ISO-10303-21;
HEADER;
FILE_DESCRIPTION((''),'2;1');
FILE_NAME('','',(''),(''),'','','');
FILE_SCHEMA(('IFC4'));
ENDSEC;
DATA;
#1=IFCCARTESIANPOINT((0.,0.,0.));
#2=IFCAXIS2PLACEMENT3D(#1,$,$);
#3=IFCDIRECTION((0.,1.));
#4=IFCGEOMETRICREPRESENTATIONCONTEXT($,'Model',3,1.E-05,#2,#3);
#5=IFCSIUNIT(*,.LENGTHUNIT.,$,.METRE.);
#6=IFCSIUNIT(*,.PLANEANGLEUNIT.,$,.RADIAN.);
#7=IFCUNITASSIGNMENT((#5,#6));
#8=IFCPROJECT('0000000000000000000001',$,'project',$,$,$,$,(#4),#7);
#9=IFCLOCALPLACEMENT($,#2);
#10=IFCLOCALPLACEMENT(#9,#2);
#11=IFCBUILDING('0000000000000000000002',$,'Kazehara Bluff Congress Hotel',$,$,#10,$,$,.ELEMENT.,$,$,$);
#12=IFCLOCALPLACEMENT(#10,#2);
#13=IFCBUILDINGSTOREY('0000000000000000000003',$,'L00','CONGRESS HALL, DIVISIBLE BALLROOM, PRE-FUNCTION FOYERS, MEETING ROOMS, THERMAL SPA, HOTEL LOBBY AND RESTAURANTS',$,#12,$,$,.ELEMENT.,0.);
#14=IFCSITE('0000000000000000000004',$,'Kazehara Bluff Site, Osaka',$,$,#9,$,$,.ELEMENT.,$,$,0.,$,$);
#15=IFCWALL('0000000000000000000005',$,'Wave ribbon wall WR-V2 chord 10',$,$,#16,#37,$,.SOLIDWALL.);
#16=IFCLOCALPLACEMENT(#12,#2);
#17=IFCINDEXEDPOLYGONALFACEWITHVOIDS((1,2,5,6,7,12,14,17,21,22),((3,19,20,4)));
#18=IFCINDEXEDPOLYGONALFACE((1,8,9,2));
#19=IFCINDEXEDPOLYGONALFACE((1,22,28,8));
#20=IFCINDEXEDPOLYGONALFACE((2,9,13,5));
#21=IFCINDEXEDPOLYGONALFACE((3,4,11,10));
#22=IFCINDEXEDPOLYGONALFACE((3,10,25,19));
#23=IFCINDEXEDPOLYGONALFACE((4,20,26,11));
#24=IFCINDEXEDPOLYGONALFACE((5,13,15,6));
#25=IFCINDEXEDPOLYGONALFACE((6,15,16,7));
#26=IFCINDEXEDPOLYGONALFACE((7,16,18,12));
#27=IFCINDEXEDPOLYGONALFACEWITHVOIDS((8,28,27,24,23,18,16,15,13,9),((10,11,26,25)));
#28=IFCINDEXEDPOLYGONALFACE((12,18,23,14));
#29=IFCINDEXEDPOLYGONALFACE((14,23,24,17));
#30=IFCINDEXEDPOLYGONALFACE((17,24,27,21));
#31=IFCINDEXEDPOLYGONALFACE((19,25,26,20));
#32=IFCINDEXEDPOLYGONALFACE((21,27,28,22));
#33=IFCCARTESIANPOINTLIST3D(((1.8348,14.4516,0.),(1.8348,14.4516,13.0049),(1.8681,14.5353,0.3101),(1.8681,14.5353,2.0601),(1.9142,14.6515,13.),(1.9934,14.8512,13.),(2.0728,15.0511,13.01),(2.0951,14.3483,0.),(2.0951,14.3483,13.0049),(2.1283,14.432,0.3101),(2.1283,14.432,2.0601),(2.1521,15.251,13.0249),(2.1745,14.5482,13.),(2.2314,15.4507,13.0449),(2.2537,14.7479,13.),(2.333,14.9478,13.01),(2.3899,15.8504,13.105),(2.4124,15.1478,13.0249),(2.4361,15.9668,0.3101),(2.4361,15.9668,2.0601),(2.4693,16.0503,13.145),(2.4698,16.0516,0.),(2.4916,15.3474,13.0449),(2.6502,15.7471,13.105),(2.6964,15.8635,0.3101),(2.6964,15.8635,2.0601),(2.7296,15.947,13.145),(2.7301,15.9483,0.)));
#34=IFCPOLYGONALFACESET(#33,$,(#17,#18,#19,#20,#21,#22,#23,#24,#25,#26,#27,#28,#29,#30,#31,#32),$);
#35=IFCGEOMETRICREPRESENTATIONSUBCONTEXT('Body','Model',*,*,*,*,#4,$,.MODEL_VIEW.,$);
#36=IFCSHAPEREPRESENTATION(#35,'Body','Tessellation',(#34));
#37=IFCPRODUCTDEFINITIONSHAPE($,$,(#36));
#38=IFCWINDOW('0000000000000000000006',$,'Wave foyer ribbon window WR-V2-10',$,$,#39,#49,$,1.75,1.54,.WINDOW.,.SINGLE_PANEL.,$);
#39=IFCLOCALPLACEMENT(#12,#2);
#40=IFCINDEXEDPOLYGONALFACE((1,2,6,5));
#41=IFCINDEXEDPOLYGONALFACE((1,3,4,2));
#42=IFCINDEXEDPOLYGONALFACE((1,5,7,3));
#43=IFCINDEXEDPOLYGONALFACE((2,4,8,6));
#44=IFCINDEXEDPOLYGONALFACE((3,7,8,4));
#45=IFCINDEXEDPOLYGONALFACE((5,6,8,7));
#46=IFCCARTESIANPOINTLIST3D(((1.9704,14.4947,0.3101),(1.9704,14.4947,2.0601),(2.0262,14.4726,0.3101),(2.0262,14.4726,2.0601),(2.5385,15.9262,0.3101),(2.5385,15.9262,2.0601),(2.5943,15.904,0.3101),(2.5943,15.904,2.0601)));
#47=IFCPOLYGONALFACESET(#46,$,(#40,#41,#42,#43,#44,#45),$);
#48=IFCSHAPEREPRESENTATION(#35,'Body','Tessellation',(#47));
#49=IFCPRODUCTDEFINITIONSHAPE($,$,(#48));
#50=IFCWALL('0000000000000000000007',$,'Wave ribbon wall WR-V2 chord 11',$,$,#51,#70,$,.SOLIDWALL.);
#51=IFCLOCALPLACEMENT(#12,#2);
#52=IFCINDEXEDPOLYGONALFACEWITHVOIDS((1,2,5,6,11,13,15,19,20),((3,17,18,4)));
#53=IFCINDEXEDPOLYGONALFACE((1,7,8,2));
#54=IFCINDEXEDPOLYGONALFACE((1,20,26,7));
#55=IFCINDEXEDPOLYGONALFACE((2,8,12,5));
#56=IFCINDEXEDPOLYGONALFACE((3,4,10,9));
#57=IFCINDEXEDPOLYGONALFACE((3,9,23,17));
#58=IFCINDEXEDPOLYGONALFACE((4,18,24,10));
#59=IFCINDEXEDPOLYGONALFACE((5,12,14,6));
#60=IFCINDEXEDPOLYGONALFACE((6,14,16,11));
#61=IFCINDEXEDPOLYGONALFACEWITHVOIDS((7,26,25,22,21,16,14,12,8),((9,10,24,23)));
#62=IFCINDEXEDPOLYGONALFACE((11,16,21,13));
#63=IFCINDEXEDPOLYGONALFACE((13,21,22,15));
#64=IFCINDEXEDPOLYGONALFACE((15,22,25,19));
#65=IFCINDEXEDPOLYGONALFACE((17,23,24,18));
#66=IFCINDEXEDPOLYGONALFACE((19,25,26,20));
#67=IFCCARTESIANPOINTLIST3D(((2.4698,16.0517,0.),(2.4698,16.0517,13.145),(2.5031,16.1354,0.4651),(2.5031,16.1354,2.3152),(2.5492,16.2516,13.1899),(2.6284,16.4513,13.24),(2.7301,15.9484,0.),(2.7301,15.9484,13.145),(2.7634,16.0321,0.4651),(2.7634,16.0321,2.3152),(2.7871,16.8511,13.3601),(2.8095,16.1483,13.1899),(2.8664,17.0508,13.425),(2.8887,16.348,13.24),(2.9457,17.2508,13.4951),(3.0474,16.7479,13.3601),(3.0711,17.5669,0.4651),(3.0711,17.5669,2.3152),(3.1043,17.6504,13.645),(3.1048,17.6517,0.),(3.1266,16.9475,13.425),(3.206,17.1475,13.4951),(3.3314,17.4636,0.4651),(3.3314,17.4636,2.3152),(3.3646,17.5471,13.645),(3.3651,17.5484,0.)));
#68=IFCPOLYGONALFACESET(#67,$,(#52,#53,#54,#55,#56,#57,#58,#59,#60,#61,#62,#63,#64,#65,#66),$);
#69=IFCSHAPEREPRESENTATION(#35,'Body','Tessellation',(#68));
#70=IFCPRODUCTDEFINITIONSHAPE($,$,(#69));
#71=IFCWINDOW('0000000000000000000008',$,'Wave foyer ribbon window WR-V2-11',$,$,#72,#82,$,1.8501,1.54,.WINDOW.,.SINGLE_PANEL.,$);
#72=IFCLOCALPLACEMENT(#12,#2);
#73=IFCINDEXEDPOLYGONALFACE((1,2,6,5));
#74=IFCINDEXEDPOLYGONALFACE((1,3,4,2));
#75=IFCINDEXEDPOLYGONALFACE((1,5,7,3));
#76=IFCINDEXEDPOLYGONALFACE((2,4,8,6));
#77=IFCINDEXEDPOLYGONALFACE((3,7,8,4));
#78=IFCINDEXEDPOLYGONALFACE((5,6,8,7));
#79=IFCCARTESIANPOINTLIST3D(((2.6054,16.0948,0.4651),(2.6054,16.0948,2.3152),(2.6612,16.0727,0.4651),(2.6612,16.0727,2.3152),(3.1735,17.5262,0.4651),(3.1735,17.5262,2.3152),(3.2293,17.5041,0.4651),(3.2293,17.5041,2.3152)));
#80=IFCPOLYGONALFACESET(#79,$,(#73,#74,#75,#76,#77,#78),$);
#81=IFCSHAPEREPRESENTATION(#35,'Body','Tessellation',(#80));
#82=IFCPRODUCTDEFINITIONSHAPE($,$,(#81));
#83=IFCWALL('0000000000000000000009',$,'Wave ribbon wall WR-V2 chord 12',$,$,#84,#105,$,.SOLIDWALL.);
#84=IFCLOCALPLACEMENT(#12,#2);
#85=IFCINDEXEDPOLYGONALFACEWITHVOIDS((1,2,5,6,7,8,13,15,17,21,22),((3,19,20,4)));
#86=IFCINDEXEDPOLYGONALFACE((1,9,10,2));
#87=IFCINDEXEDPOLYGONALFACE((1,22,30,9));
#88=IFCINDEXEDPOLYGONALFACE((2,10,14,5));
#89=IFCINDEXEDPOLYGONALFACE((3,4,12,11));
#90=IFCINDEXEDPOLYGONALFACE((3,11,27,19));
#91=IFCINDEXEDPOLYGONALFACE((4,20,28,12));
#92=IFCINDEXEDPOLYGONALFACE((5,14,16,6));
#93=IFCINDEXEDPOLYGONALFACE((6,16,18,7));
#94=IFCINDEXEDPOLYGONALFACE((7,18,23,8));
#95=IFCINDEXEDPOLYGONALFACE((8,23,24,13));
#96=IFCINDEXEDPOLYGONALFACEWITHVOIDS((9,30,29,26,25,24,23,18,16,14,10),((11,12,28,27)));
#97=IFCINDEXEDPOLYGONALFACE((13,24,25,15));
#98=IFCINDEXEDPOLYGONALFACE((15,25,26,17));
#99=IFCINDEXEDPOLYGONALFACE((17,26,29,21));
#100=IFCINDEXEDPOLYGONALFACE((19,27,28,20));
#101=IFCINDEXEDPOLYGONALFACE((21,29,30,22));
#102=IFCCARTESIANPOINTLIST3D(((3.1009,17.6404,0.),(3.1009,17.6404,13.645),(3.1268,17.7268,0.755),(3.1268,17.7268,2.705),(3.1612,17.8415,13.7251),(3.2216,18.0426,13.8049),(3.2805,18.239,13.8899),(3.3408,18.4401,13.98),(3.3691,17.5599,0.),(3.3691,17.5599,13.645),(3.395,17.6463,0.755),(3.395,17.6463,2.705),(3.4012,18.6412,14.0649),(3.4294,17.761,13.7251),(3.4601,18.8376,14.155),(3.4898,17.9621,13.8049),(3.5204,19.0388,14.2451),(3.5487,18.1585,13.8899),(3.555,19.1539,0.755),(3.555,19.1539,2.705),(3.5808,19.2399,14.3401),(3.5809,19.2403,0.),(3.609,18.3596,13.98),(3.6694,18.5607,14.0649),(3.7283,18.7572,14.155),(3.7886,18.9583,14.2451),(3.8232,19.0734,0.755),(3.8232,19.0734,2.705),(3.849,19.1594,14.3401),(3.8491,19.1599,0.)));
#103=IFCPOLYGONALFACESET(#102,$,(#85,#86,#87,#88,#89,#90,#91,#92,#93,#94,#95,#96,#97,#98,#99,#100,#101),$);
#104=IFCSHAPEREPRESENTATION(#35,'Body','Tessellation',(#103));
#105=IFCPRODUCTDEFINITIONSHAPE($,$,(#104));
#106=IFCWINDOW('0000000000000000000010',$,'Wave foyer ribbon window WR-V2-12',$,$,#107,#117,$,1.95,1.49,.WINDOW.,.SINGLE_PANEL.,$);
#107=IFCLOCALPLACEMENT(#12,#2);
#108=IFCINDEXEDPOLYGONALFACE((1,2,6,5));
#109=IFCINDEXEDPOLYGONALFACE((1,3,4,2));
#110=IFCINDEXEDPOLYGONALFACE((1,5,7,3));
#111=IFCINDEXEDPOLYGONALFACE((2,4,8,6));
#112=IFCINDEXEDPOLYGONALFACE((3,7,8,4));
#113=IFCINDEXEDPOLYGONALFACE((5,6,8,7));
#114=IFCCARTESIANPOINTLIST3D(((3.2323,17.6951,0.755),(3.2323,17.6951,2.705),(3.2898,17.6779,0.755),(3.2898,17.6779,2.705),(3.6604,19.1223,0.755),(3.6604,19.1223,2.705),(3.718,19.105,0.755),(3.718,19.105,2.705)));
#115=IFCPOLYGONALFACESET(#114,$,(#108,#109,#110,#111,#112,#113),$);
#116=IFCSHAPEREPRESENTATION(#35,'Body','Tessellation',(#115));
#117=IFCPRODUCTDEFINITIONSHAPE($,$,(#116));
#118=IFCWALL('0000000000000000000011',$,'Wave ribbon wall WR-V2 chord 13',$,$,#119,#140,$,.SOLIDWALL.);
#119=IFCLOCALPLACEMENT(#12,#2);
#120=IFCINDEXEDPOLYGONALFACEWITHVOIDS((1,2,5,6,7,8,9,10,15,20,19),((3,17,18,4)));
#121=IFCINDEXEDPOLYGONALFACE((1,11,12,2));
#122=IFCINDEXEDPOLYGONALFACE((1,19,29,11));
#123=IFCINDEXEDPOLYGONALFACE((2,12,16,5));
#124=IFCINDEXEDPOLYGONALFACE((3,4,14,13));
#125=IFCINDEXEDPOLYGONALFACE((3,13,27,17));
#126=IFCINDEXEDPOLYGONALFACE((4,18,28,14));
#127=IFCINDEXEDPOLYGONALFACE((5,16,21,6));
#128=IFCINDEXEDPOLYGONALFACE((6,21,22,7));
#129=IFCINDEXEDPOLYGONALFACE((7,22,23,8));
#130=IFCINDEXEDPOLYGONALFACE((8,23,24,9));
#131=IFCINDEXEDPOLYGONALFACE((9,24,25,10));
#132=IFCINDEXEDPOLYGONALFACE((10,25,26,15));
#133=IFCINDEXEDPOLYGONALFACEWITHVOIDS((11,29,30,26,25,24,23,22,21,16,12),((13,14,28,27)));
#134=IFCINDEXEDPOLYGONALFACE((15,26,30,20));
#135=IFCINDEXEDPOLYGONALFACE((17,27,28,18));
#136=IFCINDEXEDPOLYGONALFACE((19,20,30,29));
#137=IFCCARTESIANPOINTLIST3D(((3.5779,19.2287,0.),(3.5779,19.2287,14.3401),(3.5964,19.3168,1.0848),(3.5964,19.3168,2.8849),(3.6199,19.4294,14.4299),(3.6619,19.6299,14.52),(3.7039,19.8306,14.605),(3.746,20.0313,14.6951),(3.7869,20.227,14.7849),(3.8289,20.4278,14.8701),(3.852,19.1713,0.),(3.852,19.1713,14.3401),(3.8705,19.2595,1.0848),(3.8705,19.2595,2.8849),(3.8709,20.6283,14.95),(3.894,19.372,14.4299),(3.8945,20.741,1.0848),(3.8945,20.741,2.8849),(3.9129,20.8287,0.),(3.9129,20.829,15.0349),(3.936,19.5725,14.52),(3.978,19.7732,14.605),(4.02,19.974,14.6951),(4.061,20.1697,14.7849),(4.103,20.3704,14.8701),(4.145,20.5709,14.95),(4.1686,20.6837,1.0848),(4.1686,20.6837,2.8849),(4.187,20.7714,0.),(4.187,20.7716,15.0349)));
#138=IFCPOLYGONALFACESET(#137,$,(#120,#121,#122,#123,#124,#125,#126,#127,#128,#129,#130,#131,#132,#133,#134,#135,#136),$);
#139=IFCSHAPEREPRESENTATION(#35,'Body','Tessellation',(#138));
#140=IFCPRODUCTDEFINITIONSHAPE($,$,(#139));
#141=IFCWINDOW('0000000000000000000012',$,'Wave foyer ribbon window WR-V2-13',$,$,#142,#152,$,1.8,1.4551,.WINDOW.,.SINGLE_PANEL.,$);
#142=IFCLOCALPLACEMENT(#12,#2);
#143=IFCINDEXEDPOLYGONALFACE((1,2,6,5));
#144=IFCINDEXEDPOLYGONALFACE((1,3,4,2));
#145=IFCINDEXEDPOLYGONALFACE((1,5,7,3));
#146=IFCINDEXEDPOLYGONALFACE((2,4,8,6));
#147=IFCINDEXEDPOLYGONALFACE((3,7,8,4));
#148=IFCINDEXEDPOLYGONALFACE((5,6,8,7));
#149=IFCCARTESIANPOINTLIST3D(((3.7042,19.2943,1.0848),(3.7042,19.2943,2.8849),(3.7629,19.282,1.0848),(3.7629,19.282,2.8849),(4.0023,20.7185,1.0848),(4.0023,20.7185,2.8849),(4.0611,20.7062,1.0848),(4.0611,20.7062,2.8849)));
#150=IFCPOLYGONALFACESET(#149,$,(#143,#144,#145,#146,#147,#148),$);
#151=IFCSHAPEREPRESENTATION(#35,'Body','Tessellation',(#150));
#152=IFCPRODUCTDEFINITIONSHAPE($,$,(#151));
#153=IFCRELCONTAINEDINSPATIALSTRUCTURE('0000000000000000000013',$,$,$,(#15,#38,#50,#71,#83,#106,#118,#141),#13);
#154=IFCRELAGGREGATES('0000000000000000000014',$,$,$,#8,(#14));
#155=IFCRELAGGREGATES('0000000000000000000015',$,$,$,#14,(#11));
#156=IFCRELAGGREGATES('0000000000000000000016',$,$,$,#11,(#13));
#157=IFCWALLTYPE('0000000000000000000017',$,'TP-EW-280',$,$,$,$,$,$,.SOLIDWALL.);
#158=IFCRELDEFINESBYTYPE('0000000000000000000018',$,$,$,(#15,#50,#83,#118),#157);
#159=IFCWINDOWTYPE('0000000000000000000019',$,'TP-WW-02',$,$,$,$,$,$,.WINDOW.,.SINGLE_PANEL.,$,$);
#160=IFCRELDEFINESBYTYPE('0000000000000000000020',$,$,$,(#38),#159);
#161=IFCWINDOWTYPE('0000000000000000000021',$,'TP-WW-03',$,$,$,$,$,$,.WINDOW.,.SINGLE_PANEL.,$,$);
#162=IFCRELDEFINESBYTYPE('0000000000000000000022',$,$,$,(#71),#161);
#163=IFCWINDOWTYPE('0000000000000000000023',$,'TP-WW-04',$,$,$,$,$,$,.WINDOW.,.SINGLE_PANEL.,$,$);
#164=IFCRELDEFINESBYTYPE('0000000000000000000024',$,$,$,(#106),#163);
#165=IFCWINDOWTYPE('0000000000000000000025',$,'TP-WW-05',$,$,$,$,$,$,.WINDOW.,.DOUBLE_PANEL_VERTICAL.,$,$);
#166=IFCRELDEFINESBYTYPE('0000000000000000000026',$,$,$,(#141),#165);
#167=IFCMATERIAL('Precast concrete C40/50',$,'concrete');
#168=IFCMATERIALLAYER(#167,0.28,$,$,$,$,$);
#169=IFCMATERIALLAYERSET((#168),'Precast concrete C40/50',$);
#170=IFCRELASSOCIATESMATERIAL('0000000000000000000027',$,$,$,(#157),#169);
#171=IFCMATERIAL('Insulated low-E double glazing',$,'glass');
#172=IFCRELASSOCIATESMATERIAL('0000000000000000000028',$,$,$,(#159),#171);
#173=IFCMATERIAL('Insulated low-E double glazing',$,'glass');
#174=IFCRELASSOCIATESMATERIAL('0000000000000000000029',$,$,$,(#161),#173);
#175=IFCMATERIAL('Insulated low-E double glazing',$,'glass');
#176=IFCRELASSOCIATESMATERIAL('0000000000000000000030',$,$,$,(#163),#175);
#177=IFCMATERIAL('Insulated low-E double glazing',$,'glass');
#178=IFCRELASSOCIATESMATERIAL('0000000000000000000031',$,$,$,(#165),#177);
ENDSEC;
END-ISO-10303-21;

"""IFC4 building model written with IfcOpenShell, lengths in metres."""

from ifc_helpers import new_model, si_unit, direction, frame, frame_2d, origin, place, context, subcontext, project, spatial, polyline, rectangle, outline, extrude, material, layer, layer_set, type_object, element, fill, save


model = new_model("IFC4")

# Units and contexts
model_context = context("Model", 3, precision=1e-05, world=origin(), true_north=direction((0.0, 1.0)))
body_context = subcontext(model_context, "Body", "Model", "MODEL_VIEW")
ifc_project = project(units=[si_unit("LENGTHUNIT", "METRE"), si_unit("PLANEANGLEUNIT", "RADIAN")], contexts=[model_context])

# Site, building, storey
site_placement = place(None, origin())
site = spatial("IfcSite", under=ifc_project, at=site_placement, Name="Kazehara Bluff Site, Osaka", CompositionType="ELEMENT", RefElevation=0.0)
building_placement = place(site_placement, origin())
building = spatial("IfcBuilding", under=site, at=building_placement, Name="Kazehara Bluff Congress Hotel", CompositionType="ELEMENT")
storey_placement = place(building_placement, origin())
storey = spatial("IfcBuildingStorey", under=building, at=storey_placement, Name="L00", Description="CONGRESS HALL, DIVISIBLE BALLROOM, PRE-FUNCTION FOYERS, MEETING ROOMS, THERMAL SPA, HOTEL LOBBY AND RESTAURANTS", CompositionType="ELEMENT", Elevation=0.0)

# Walls, openings, windows
ifc_material_1 = material(Name="Precast concrete C40/50", Category="concrete")
ifc_layer_1 = layer(ifc_material_1, 0.28)
ifc_layer_set_1 = layer_set([ifc_layer_1], Name="Precast concrete C40/50")
wall_type = type_object("IfcWallType", Name="TP-EW-280", PredefinedType="SOLIDWALL", material=ifc_layer_set_1)
wall_1_placement = place(storey_placement, frame((1.9651, 14.3999, 0.0), z_axis=(0.0, 0.0, 1.0), x_axis=(0.368871, 0.929481, 0.0)))
wall_1 = element("IfcWall", 1, at=wall_1_placement, inside=storey, type_object=wall_type, Name="Wave ribbon wall WR-V2 chord 10", PredefinedType="SOLIDWALL", context=body_context, shape_type="SweptSolid", body=[
    extrude(outline(polyline([(0.0, 0.0), (1.7214, 0.0), (1.72, 13.145), (1.5049, 13.105), (1.29, 13.075), (1.075, 13.0449), (0.8601, 13.0249), (0.645, 13.01), (0.4299, 13.0), (0.2151, 13.0), (0.0, 13.0049), (0.0, 0.0)])), frame((0.0, 0.1401, 0.0), z_axis=(0.0, -1.0, 0.0), x_axis=(1.0, 0.0, 0.0)), (0.0, 0.0, 1.0), 0.28),
])
opening_1_placement = place(wall_1_placement, frame((0.0901, 0.0, 0.3101)))
opening_1 = element("IfcOpeningElement", 2, at=opening_1_placement, cuts=wall_1, PredefinedType="OPENING", context=body_context, shape_type="SweptSolid", body=[
    extrude(rectangle(XDim=1.54, YDim=1.75, at=frame_2d((0.77, 0.875))), frame((0.0, 0.1499, 0.0), z_axis=(0.0, -1.0, 0.0), x_axis=(1.0, 0.0, 0.0)), (0.0, 0.0, 1.0), 0.3),
])
ifc_material_2 = material(Name="Insulated low-E double glazing", Category="glass")
window_type_1 = type_object("IfcWindowType", Name="TP-WW-02", PartitioningType="SINGLE_PANEL", PredefinedType="WINDOW", material=ifc_material_2)
window_1_placement = place(opening_1_placement, origin())
window_1 = element("IfcWindow", 3, at=window_1_placement, inside=storey, type_object=window_type_1, Name="Wave foyer ribbon window WR-V2-10", OverallHeight=1.75, OverallWidth=1.54, PartitioningType="SINGLE_PANEL", PredefinedType="WINDOW", context=body_context, shape_type="SweptSolid", body=[
    extrude(rectangle(XDim=1.54, YDim=1.75, at=frame_2d((0.77, 0.875))), frame((0.0, 0.03, 0.0), z_axis=(0.0, -1.0, 0.0), x_axis=(1.0, 0.0, 0.0)), (0.0, 0.0, 1.0), 0.0601),
])
fill(opening_1, window_1)
wall_2_placement = place(storey_placement, frame((2.6001, 16.0, 0.0), z_axis=(0.0, 0.0, 1.0), x_axis=(0.368871, 0.929481, 0.0)))
wall_2 = element("IfcWall", 4, at=wall_2_placement, inside=storey, type_object=wall_type, Name="Wave ribbon wall WR-V2 chord 11", PredefinedType="SOLIDWALL", context=body_context, shape_type="SweptSolid", body=[
    extrude(outline(polyline([(0.0, 0.0), (1.7214, 0.0), (1.72, 13.645), (1.5049, 13.5701), (1.29, 13.4951), (1.075, 13.425), (0.8601, 13.3601), (0.645, 13.3), (0.4299, 13.24), (0.2151, 13.1899), (0.0, 13.145), (0.0, 0.0)])), frame((0.0, 0.1401, 0.0), z_axis=(0.0, -1.0, 0.0), x_axis=(1.0, 0.0, 0.0)), (0.0, 0.0, 1.0), 0.28),
])
opening_2_placement = place(wall_2_placement, frame((0.0901, 0.0, 0.4651)))
opening_2 = element("IfcOpeningElement", 5, at=opening_2_placement, cuts=wall_2, PredefinedType="OPENING", context=body_context, shape_type="SweptSolid", body=[
    extrude(rectangle(XDim=1.54, YDim=1.8501, at=frame_2d((0.77, 0.925))), frame((0.0, 0.1499, 0.0), z_axis=(0.0, -1.0, 0.0), x_axis=(1.0, 0.0, 0.0)), (0.0, 0.0, 1.0), 0.3),
])
ifc_material_3 = material(Name="Insulated low-E double glazing", Category="glass")
window_type_2 = type_object("IfcWindowType", Name="TP-WW-03", PartitioningType="SINGLE_PANEL", PredefinedType="WINDOW", material=ifc_material_3)
window_2_placement = place(opening_2_placement, origin())
window_2 = element("IfcWindow", 6, at=window_2_placement, inside=storey, type_object=window_type_2, Name="Wave foyer ribbon window WR-V2-11", OverallHeight=1.8501, OverallWidth=1.54, PartitioningType="SINGLE_PANEL", PredefinedType="WINDOW", context=body_context, shape_type="SweptSolid", body=[
    extrude(rectangle(XDim=1.54, YDim=1.8501, at=frame_2d((0.77, 0.925))), frame((0.0, 0.03, 0.0), z_axis=(0.0, -1.0, 0.0), x_axis=(1.0, 0.0, 0.0)), (0.0, 0.0, 1.0), 0.0601),
])
fill(opening_2, window_2)
wall_3_placement = place(storey_placement, frame((3.2351, 17.6001, 0.0), z_axis=(0.0, 0.0, 1.0), x_axis=(0.287361, 0.957822, 0.0)))
wall_3 = element("IfcWall", 7, at=wall_3_placement, inside=storey, type_object=wall_type, Name="Wave ribbon wall WR-V2 chord 12", PredefinedType="SOLIDWALL", context=body_context, shape_type="SweptSolid", body=[
    extrude(outline(polyline([(0.0, 0.0), (1.6704, 0.0), (1.6699, 14.3401), (1.46, 14.2451), (1.25, 14.155), (1.0449, 14.0649), (0.835, 13.98), (0.625, 13.8899), (0.4199, 13.8049), (0.21, 13.7251), (0.0, 13.645), (0.0, 0.0)])), frame((0.0, 0.1401, 0.0), z_axis=(0.0, -1.0, 0.0), x_axis=(1.0, 0.0, 0.0)), (0.0, 0.0, 1.0), 0.28),
])
opening_3_placement = place(wall_3_placement, frame((0.0901, 0.0, 0.7549)))
opening_3 = element("IfcOpeningElement", 8, at=opening_3_placement, cuts=wall_3, PredefinedType="OPENING", context=body_context, shape_type="SweptSolid", body=[
    extrude(rectangle(XDim=1.49, YDim=1.95, at=frame_2d((0.7451, 0.9751))), frame((0.0, 0.1499, 0.0), z_axis=(0.0, -1.0, 0.0), x_axis=(1.0, 0.0, 0.0)), (0.0, 0.0, 1.0), 0.3),
])
ifc_material_4 = material(Name="Insulated low-E double glazing", Category="glass")
window_type_3 = type_object("IfcWindowType", Name="TP-WW-04", PartitioningType="SINGLE_PANEL", PredefinedType="WINDOW", material=ifc_material_4)
window_3_placement = place(opening_3_placement, origin())
window_3 = element("IfcWindow", 9, at=window_3_placement, inside=storey, type_object=window_type_3, Name="Wave foyer ribbon window WR-V2-12", OverallHeight=1.95, OverallWidth=1.49, PartitioningType="SINGLE_PANEL", PredefinedType="WINDOW", context=body_context, shape_type="SweptSolid", body=[
    extrude(rectangle(XDim=1.49, YDim=1.95, at=frame_2d((0.7451, 0.9751))), frame((0.0, 0.03, 0.0), z_axis=(0.0, -1.0, 0.0), x_axis=(1.0, 0.0, 0.0)), (0.0, 0.0, 1.0), 0.0601),
])
fill(opening_3, window_3)
wall_4_placement = place(storey_placement, frame((3.7151, 19.2, 0.0), z_axis=(0.0, 0.0, 1.0), x_axis=(0.204896, 0.978784, 0.0)))
wall_4 = element("IfcWall", 10, at=wall_4_placement, inside=storey, type_object=wall_type, Name="Wave ribbon wall WR-V2 chord 13", PredefinedType="SOLIDWALL", context=body_context, shape_type="SweptSolid", body=[
    extrude(outline(polyline([(0.0, 0.0), (1.6348, 0.0), (1.635, 15.0349), (1.4299, 14.95), (1.2251, 14.8701), (1.02, 14.7849), (0.8201, 14.6951), (0.615, 14.605), (0.4099, 14.52), (0.2051, 14.4299), (0.0, 14.3401), (0.0, 0.0)])), frame((0.0, 0.1401, 0.0), z_axis=(0.0, -1.0, 0.0), x_axis=(1.0, 0.0, 0.0)), (0.0, 0.0, 1.0), 0.28),
])
opening_4_placement = place(wall_4_placement, frame((0.0901, 0.0, 1.085)))
opening_4 = element("IfcOpeningElement", 11, at=opening_4_placement, cuts=wall_4, PredefinedType="OPENING", context=body_context, shape_type="SweptSolid", body=[
    extrude(rectangle(XDim=1.4551, YDim=1.8, at=frame_2d((0.7275, 0.8999))), frame((0.0, 0.1499, 0.0), z_axis=(0.0, -1.0, 0.0), x_axis=(1.0, 0.0, 0.0)), (0.0, 0.0, 1.0), 0.3),
])
ifc_material_5 = material(Name="Insulated low-E double glazing", Category="glass")
window_type_4 = type_object("IfcWindowType", Name="TP-WW-05", PartitioningType="DOUBLE_PANEL_VERTICAL", PredefinedType="WINDOW", material=ifc_material_5)
window_4_placement = place(opening_4_placement, origin())
window_4 = element("IfcWindow", 12, at=window_4_placement, inside=storey, type_object=window_type_4, Name="Wave foyer ribbon window WR-V2-13", OverallHeight=1.8, OverallWidth=1.4551, PartitioningType="SINGLE_PANEL", PredefinedType="WINDOW", context=body_context, shape_type="SweptSolid", body=[
    extrude(rectangle(XDim=1.4551, YDim=1.8, at=frame_2d((0.7275, 0.8999))), frame((0.0, 0.03, 0.0), z_axis=(0.0, -1.0, 0.0), x_axis=(1.0, 0.0, 0.0)), (0.0, 0.0, 1.0), 0.0601),
])
fill(opening_4, window_4)

save(model, "model.ifc")
